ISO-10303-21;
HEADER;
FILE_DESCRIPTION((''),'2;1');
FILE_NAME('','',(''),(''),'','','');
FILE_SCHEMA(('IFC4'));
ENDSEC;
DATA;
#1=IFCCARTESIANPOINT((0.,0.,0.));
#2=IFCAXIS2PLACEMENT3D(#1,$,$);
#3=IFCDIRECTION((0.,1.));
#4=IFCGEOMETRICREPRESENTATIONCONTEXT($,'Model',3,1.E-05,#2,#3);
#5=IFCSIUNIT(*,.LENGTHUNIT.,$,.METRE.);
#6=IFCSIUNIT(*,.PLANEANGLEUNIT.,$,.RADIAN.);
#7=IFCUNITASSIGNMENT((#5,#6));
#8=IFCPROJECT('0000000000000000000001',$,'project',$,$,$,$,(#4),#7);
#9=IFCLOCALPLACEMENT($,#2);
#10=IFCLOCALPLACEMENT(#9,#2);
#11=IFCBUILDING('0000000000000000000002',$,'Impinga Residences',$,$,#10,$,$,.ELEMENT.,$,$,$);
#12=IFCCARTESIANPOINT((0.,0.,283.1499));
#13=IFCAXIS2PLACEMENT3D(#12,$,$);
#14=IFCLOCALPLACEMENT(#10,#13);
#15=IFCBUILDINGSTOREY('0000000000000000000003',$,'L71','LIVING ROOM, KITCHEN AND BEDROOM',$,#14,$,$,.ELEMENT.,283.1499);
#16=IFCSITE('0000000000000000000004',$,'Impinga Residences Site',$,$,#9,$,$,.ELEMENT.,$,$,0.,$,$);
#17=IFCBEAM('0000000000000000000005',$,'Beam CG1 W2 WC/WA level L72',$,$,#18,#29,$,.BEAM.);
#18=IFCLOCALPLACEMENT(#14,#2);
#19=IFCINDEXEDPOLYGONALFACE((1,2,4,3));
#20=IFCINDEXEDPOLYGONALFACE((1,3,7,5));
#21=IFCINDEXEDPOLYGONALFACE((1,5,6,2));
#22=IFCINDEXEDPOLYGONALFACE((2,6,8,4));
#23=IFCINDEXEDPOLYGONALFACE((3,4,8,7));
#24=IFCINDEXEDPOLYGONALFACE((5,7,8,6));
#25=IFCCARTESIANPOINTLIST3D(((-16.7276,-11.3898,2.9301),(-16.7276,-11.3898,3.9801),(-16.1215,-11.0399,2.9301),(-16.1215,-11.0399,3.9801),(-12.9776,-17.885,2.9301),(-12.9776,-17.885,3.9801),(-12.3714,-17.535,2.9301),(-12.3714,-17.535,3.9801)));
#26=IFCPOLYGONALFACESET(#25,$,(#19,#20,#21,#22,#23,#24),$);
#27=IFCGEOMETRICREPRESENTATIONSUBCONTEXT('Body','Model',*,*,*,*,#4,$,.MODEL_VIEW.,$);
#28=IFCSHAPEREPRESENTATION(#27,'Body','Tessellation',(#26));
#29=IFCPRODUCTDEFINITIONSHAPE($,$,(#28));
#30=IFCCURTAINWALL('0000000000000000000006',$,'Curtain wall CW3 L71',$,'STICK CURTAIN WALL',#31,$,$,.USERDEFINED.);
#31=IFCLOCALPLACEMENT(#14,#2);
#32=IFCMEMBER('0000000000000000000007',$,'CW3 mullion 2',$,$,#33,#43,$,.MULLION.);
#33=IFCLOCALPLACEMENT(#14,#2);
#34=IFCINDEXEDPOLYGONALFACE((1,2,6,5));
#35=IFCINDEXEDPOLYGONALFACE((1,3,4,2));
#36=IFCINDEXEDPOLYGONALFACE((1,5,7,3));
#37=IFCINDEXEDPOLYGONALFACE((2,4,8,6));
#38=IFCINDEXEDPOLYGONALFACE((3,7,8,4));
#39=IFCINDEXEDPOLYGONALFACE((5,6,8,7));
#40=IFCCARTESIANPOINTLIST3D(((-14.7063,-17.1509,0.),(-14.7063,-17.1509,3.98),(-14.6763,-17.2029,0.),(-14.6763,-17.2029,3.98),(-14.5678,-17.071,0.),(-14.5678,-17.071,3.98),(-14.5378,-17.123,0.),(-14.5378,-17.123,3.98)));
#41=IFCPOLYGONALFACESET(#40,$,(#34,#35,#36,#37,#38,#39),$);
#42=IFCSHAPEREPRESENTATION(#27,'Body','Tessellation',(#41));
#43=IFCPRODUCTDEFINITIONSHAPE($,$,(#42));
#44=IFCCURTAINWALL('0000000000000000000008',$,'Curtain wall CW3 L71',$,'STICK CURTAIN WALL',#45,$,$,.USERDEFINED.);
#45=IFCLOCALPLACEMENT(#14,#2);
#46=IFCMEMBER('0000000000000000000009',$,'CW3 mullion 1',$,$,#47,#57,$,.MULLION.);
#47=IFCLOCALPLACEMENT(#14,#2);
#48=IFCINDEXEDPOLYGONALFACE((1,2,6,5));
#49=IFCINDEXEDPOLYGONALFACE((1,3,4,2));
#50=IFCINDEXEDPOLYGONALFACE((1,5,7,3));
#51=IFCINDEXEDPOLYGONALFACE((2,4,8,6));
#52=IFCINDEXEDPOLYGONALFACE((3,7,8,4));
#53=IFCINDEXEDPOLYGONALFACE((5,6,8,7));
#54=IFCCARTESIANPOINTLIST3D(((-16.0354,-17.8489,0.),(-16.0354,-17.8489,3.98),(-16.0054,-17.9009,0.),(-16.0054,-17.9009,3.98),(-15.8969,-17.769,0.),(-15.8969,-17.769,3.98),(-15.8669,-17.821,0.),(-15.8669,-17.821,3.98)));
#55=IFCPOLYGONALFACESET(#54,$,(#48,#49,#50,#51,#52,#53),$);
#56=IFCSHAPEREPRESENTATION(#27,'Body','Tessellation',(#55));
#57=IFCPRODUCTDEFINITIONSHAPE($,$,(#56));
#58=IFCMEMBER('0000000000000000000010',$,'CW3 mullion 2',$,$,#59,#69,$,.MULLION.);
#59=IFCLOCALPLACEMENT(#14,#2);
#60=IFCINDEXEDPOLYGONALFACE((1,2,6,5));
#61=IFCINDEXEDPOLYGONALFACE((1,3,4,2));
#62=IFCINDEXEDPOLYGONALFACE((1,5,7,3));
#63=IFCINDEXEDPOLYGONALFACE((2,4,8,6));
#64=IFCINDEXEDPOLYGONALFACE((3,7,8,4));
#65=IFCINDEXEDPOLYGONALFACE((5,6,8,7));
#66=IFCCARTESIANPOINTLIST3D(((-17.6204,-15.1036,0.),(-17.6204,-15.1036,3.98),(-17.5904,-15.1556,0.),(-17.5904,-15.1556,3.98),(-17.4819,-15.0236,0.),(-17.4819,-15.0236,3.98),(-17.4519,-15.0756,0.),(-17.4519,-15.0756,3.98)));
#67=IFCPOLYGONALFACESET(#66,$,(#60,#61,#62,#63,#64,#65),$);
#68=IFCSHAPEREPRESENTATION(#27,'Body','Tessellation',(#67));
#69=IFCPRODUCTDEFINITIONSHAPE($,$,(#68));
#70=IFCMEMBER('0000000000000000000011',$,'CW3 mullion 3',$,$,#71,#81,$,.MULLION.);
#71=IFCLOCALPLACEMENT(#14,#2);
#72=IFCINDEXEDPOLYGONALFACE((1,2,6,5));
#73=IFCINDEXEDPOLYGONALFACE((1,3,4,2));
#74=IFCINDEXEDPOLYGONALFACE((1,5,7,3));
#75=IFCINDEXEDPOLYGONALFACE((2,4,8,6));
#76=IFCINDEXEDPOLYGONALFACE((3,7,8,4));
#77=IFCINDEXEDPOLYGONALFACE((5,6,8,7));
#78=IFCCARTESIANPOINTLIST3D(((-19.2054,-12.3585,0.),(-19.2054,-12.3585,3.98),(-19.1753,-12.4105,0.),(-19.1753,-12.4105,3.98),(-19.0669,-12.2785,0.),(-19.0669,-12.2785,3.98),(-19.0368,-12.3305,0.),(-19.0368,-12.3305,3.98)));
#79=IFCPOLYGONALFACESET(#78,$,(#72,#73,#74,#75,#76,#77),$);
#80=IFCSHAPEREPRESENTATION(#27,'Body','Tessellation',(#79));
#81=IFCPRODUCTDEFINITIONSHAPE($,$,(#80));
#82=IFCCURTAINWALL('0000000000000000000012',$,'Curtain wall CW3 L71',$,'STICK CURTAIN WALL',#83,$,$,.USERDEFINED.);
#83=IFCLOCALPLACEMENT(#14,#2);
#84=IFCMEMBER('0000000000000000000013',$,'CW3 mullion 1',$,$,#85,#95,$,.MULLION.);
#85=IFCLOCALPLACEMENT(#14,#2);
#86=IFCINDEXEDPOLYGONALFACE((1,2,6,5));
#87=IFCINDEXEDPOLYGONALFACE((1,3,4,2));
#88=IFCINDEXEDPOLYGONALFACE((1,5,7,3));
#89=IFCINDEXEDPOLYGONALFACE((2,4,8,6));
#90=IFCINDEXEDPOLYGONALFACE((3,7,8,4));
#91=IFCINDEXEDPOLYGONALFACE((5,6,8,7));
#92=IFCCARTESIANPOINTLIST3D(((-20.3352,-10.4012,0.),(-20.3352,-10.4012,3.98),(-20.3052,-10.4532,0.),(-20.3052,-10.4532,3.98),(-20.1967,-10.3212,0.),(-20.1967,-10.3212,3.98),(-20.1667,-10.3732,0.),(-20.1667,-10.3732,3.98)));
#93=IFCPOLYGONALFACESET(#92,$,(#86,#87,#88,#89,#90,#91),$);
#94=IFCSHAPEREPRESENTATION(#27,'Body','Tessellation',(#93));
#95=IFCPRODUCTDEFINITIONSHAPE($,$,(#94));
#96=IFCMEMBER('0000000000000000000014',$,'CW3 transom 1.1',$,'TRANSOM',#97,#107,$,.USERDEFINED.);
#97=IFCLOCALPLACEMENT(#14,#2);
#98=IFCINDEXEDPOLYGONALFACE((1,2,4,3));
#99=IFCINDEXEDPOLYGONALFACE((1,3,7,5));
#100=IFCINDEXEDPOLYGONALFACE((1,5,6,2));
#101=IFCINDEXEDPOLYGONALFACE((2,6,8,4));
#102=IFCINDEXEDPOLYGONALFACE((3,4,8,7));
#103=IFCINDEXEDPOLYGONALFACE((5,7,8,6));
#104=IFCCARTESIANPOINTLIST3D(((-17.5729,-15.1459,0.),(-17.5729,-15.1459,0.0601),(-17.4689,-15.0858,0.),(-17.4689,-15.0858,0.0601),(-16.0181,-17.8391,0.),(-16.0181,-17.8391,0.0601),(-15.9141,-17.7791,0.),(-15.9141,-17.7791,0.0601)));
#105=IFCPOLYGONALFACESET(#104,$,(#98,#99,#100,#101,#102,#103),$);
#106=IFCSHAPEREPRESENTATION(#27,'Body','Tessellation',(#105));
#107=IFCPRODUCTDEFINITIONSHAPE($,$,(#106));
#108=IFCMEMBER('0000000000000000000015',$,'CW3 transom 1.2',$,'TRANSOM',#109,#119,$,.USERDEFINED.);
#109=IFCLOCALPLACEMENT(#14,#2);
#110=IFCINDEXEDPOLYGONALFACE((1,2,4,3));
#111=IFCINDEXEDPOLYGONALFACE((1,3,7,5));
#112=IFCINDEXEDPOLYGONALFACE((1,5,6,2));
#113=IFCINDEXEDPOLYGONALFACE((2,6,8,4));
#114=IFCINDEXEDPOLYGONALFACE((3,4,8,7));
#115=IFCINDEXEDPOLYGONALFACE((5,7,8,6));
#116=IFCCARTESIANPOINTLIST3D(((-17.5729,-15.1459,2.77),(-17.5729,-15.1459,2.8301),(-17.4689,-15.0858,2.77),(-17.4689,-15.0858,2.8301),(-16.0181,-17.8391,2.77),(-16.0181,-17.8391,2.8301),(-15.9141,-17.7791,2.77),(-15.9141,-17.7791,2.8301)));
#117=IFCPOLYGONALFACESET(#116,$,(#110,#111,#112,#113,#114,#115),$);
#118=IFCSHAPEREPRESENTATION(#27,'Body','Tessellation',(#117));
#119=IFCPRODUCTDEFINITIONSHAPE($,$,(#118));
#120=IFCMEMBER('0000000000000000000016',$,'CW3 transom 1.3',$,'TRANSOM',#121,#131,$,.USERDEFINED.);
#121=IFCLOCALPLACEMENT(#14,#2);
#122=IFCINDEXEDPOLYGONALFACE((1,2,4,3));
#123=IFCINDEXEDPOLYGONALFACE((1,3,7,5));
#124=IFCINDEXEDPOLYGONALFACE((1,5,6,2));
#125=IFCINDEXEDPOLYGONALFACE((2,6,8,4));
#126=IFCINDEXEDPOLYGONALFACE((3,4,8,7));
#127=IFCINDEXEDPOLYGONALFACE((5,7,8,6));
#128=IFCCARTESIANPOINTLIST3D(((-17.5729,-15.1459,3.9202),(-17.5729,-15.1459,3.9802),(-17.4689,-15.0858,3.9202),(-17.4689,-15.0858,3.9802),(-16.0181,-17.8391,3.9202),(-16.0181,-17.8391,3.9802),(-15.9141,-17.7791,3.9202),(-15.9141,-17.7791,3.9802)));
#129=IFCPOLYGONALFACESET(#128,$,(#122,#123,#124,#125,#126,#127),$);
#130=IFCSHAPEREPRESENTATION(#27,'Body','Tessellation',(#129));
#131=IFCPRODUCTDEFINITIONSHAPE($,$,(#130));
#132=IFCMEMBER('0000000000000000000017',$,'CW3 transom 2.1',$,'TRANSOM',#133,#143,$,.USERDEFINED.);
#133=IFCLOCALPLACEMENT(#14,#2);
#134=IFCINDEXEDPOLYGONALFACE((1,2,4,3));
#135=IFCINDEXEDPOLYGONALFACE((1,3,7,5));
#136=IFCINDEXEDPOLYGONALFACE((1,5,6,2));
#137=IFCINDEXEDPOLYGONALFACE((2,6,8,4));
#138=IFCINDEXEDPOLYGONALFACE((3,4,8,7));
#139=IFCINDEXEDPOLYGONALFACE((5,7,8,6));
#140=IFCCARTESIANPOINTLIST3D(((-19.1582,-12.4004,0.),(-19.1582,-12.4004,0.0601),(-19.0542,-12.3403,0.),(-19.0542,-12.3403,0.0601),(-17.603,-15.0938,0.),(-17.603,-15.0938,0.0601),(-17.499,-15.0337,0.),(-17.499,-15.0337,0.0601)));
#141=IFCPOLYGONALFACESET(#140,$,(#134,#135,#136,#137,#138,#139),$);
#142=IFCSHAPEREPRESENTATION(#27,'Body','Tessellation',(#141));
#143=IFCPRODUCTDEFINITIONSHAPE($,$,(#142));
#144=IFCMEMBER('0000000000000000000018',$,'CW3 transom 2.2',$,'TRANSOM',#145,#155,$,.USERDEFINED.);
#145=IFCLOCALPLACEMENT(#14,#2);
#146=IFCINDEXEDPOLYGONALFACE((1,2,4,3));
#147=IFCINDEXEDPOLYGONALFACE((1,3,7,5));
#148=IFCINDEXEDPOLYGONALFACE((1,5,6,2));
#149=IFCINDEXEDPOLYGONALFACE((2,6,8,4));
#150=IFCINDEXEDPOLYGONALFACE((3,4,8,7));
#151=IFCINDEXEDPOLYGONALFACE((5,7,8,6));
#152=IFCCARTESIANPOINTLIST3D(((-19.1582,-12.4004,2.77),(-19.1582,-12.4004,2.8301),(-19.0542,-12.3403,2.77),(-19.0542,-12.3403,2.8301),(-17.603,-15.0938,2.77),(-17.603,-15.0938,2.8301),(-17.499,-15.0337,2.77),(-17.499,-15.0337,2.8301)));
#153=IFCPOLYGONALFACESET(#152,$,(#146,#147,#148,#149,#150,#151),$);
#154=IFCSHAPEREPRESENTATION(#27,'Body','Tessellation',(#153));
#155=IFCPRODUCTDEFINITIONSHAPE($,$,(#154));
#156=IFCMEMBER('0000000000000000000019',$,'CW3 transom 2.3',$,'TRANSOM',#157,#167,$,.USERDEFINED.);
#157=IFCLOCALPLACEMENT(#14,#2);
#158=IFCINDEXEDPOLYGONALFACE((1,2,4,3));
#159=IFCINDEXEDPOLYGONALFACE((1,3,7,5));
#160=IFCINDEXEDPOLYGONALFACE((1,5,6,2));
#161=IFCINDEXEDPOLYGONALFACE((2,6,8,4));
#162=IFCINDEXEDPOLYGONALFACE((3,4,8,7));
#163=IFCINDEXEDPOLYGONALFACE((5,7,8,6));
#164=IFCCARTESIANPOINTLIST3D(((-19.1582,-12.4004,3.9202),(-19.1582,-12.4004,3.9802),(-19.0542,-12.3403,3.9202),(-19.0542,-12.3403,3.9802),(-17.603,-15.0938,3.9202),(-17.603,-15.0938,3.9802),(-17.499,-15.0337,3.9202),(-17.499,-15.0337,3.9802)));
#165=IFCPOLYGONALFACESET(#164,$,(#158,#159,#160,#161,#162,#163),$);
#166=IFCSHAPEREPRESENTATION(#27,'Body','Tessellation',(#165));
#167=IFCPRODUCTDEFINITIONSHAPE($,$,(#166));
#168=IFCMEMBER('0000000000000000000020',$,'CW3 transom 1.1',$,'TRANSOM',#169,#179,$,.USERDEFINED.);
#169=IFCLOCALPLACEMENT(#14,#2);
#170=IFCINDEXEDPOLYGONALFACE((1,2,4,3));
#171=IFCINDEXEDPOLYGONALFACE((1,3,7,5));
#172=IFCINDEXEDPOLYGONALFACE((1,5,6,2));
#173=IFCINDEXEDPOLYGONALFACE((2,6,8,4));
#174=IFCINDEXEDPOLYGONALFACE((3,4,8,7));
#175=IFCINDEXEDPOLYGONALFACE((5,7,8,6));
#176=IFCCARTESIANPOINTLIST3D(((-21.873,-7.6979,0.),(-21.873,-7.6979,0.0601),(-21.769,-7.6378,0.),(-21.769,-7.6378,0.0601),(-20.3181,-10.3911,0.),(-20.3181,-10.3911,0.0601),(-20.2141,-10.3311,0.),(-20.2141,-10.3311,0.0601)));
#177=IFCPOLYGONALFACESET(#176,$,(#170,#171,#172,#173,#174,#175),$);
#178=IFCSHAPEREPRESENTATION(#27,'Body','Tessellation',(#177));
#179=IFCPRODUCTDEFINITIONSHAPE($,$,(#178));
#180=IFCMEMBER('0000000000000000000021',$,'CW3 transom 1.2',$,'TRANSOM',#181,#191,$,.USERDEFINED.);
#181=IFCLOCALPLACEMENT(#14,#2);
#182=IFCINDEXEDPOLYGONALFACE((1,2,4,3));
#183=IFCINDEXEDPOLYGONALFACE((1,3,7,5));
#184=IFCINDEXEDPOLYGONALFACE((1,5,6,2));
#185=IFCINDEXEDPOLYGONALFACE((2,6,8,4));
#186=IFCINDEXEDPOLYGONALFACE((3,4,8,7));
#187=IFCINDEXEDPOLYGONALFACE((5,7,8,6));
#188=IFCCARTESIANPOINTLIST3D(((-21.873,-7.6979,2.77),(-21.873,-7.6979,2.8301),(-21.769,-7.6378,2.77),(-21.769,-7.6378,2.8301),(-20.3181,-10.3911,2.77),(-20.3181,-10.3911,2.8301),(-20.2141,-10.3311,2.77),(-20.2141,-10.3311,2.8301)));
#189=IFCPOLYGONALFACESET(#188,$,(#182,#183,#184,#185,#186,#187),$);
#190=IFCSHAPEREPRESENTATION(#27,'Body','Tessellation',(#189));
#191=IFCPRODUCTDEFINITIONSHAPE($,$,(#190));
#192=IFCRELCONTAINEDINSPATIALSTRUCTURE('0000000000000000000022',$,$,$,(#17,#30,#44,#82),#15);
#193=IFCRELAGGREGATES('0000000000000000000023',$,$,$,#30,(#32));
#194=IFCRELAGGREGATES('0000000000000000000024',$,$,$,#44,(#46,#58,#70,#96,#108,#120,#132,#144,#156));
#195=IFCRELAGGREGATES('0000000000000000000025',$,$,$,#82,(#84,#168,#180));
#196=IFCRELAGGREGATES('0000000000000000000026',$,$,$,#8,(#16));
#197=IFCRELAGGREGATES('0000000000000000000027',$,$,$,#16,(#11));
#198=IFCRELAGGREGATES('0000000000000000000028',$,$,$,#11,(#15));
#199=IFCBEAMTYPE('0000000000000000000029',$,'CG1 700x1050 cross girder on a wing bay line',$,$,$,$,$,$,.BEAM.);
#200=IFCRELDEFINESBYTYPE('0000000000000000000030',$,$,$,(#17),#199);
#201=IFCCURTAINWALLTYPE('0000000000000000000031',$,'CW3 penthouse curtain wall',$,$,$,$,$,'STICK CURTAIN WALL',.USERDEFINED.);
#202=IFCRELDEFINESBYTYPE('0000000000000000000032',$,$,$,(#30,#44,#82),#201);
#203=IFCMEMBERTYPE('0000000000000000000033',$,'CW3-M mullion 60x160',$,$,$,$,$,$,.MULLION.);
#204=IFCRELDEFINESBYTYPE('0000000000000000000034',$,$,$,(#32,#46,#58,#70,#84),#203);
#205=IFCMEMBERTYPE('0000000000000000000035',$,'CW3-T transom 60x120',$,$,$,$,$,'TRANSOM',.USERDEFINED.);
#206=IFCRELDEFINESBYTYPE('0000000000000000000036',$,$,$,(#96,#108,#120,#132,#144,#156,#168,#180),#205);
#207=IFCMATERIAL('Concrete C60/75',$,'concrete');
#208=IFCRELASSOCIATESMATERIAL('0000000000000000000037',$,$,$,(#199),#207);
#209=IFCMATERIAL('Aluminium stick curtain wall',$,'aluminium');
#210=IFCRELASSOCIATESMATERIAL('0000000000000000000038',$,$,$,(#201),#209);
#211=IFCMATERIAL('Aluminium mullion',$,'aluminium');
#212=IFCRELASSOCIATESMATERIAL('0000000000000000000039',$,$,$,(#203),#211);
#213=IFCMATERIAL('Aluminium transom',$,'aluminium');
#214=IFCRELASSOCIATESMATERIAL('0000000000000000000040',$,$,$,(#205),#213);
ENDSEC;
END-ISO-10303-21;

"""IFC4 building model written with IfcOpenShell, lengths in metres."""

from ifc_helpers import new_model, si_unit, direction, frame, origin, origin_2d, place, context, subcontext, project, spatial, rectangle, extrude, material, material_profile, profile_set, type_object, element, aggregate, save


model = new_model("IFC4")

# Units and contexts
model_context = context("Model", 3, precision=1e-05, world=origin(), true_north=direction((0.0, 1.0)))
body_context = subcontext(model_context, "Body", "Model", "MODEL_VIEW")
ifc_project = project(units=[si_unit("LENGTHUNIT", "METRE"), si_unit("PLANEANGLEUNIT", "RADIAN")], contexts=[model_context])

# Site, building, storey
site_placement = place(None, origin())
site = spatial("IfcSite", under=ifc_project, at=site_placement, Name="Impinga Residences Site", CompositionType="ELEMENT", RefElevation=0.0)
building_placement = place(site_placement, origin())
building = spatial("IfcBuilding", under=site, at=building_placement, Name="Impinga Residences", CompositionType="ELEMENT")
storey_placement = place(building_placement, frame((0.0, 0.0, 283.1499)))
storey = spatial("IfcBuildingStorey", under=building, at=storey_placement, Name="L71", Description="LIVING ROOM, KITCHEN AND BEDROOM", CompositionType="ELEMENT", Elevation=283.1499)

# Beam
ifc_material_1 = material(Name="Concrete C60/75", Category="concrete")
ifc_material_profile_1 = material_profile(ifc_material_1, rectangle(XDim=0.7, YDim=1.05, at=origin_2d()), Name="RC 700x1050")
ifc_profile_set_1 = profile_set([ifc_material_profile_1], Name="Concrete C60/75")
beam_type_1 = type_object("IfcBeamType", Name="CG1 700x1050 cross girder on a wing bay line", PredefinedType="BEAM", material=ifc_profile_set_1)
beam_1_placement = place(storey_placement, frame((-16.4246, -11.2148, 3.4551), z_axis=(0.500004, -0.866023, 0.0), x_axis=(0.866023, 0.500004, 0.0)))
element("IfcBeam", 1, at=beam_1_placement, inside=storey, type_object=beam_type_1, Name="Beam CG1 W2 WC/WA level L72", PredefinedType="BEAM", context=body_context, shape_type="SweptSolid", body=[
    extrude(rectangle(XDim=0.7, YDim=1.05, at=origin_2d()), origin(), (0.0, 0.0, 1.0), 7.5),
])

# Curtain wall, member
ifc_material_2 = material(Name="Aluminium stick curtain wall", Category="aluminium")
curtain_wall_type = type_object("IfcCurtainWallType", Name="CW3 penthouse curtain wall", ElementType="STICK CURTAIN WALL", PredefinedType="USERDEFINED", material=ifc_material_2)
curtain_wall_1_placement = place(storey_placement, origin())
curtain_wall_1 = element("IfcCurtainWall", 2, at=curtain_wall_1_placement, inside=storey, type_object=curtain_wall_type, Name="Curtain wall CW3 L71", ObjectType="STICK CURTAIN WALL", PredefinedType="USERDEFINED")
ifc_material_3 = material(Name="Aluminium mullion", Category="aluminium")
ifc_material_profile_2 = material_profile(ifc_material_3, rectangle(XDim=0.0601, YDim=0.1599, at=origin_2d()), Name="60x160 mullion")
ifc_profile_set_2 = profile_set([ifc_material_profile_2], Name="Aluminium mullion")
member_type_1 = type_object("IfcMemberType", Name="CW3-M mullion 60x160", PredefinedType="MULLION", material=ifc_profile_set_2)
member_1_placement = place(storey_placement, frame((-14.6221, -17.137, 0.0), z_axis=(0.0, 0.0, 1.0), x_axis=(-0.5, 0.866025, 0.0)))
member_1 = element("IfcMember", 3, at=member_1_placement, type_object=member_type_1, Name="CW3 mullion 2", PredefinedType="MULLION", context=body_context, shape_type="SweptSolid", body=[
    extrude(rectangle(XDim=0.0601, YDim=0.1599, at=origin_2d()), origin(), (0.0, 0.0, 1.0), 3.98),
])

# Curtain wall, members
curtain_wall_2_placement = place(storey_placement, origin())
curtain_wall_2 = element("IfcCurtainWall", 4, at=curtain_wall_2_placement, inside=storey, type_object=curtain_wall_type, Name="Curtain wall CW3 L71", ObjectType="STICK CURTAIN WALL", PredefinedType="USERDEFINED")
member_2_placement = place(storey_placement, frame((-15.9512, -17.835, 0.0), z_axis=(0.0, 0.0, 1.0), x_axis=(-0.5, 0.866025, 0.0)))
member_2 = element("IfcMember", 5, at=member_2_placement, type_object=member_type_1, Name="CW3 mullion 1", PredefinedType="MULLION", context=body_context, shape_type="SweptSolid", body=[
    extrude(rectangle(XDim=0.0601, YDim=0.1599, at=origin_2d()), origin(), (0.0, 0.0, 1.0), 3.98),
])
member_3_placement = place(storey_placement, frame((-17.5361, -15.0896, 0.0), z_axis=(0.0, 0.0, 1.0), x_axis=(-0.5, 0.866025, 0.0)))
member_3 = element("IfcMember", 6, at=member_3_placement, type_object=member_type_1, Name="CW3 mullion 2", PredefinedType="MULLION", context=body_context, shape_type="SweptSolid", body=[
    extrude(rectangle(XDim=0.0601, YDim=0.1599, at=origin_2d()), origin(), (0.0, 0.0, 1.0), 3.98),
])
member_4_placement = place(storey_placement, frame((-19.1211, -12.3445, 0.0), z_axis=(0.0, 0.0, 1.0), x_axis=(-0.5, 0.866025, 0.0)))
member_4 = element("IfcMember", 7, at=member_4_placement, type_object=member_type_1, Name="CW3 mullion 3", PredefinedType="MULLION", context=body_context, shape_type="SweptSolid", body=[
    extrude(rectangle(XDim=0.0601, YDim=0.1599, at=origin_2d()), origin(), (0.0, 0.0, 1.0), 3.98),
])

# Curtain wall, member
curtain_wall_3_placement = place(storey_placement, origin())
curtain_wall_3 = element("IfcCurtainWall", 8, at=curtain_wall_3_placement, inside=storey, type_object=curtain_wall_type, Name="Curtain wall CW3 L71", ObjectType="STICK CURTAIN WALL", PredefinedType="USERDEFINED")
member_5_placement = place(storey_placement, frame((-20.251, -10.3872, 0.0), z_axis=(0.0, 0.0, 1.0), x_axis=(-0.5, 0.866025, 0.0)))
member_5 = element("IfcMember", 9, at=member_5_placement, type_object=member_type_1, Name="CW3 mullion 1", PredefinedType="MULLION", context=body_context, shape_type="SweptSolid", body=[
    extrude(rectangle(XDim=0.0601, YDim=0.1599, at=origin_2d()), origin(), (0.0, 0.0, 1.0), 3.98),
])

# Members
ifc_material_4 = material(Name="Aluminium transom", Category="aluminium")
ifc_material_profile_3 = material_profile(ifc_material_4, rectangle(XDim=0.0601, YDim=0.1201, at=origin_2d()), Name="60x120 transom")
ifc_profile_set_3 = profile_set([ifc_material_profile_3], Name="Aluminium transom")
member_type_2 = type_object("IfcMemberType", Name="CW3-T transom 60x120", ElementType="TRANSOM", PredefinedType="USERDEFINED", material=ifc_profile_set_3)
member_6_placement = place(storey_placement, frame((-15.9661, -17.8091, 0.03), z_axis=(-0.499981, 0.866037, 0.0), x_axis=(0.0, 0.0, 1.0)))
member_6 = element("IfcMember", 10, at=member_6_placement, type_object=member_type_2, Name="CW3 transom 1.1", ObjectType="TRANSOM", PredefinedType="USERDEFINED", context=body_context, shape_type="SweptSolid", body=[
    extrude(rectangle(XDim=0.0601, YDim=0.1201, at=origin_2d()), origin(), (0.0, 0.0, 1.0), 3.1099),
])
member_7_placement = place(storey_placement, frame((-15.9661, -17.8091, 2.8), z_axis=(-0.499981, 0.866037, 0.0), x_axis=(0.0, 0.0, 1.0)))
member_7 = element("IfcMember", 11, at=member_7_placement, type_object=member_type_2, Name="CW3 transom 1.2", ObjectType="TRANSOM", PredefinedType="USERDEFINED", context=body_context, shape_type="SweptSolid", body=[
    extrude(rectangle(XDim=0.0601, YDim=0.1201, at=origin_2d()), origin(), (0.0, 0.0, 1.0), 3.1099),
])
member_8_placement = place(storey_placement, frame((-15.9661, -17.8091, 3.9502), z_axis=(-0.499981, 0.866037, 0.0), x_axis=(0.0, 0.0, 1.0)))
member_8 = element("IfcMember", 12, at=member_8_placement, type_object=member_type_2, Name="CW3 transom 1.3", ObjectType="TRANSOM", PredefinedType="USERDEFINED", context=body_context, shape_type="SweptSolid", body=[
    extrude(rectangle(XDim=0.0601, YDim=0.1201, at=origin_2d()), origin(), (0.0, 0.0, 1.0), 3.1099),
])
member_9_placement = place(storey_placement, frame((-17.551, -15.0637, 0.03), z_axis=(-0.50004, 0.866003, 0.0), x_axis=(0.0, 0.0, 1.0)))
member_9 = element("IfcMember", 13, at=member_9_placement, type_object=member_type_2, Name="CW3 transom 2.1", ObjectType="TRANSOM", PredefinedType="USERDEFINED", context=body_context, shape_type="SweptSolid", body=[
    extrude(rectangle(XDim=0.0601, YDim=0.1201, at=origin_2d()), origin(), (0.0, 0.0, 1.0), 3.1101),
])
member_10_placement = place(storey_placement, frame((-17.551, -15.0637, 2.8), z_axis=(-0.50004, 0.866003, 0.0), x_axis=(0.0, 0.0, 1.0)))
member_10 = element("IfcMember", 14, at=member_10_placement, type_object=member_type_2, Name="CW3 transom 2.2", ObjectType="TRANSOM", PredefinedType="USERDEFINED", context=body_context, shape_type="SweptSolid", body=[
    extrude(rectangle(XDim=0.0601, YDim=0.1201, at=origin_2d()), origin(), (0.0, 0.0, 1.0), 3.1101),
])
member_11_placement = place(storey_placement, frame((-17.551, -15.0637, 3.9502), z_axis=(-0.50004, 0.866003, 0.0), x_axis=(0.0, 0.0, 1.0)))
member_11 = element("IfcMember", 15, at=member_11_placement, type_object=member_type_2, Name="CW3 transom 2.3", ObjectType="TRANSOM", PredefinedType="USERDEFINED", context=body_context, shape_type="SweptSolid", body=[
    extrude(rectangle(XDim=0.0601, YDim=0.1201, at=origin_2d()), origin(), (0.0, 0.0, 1.0), 3.1101),
])
member_12_placement = place(storey_placement, frame((-20.2661, -10.3611, 0.03), z_axis=(-0.499981, 0.866037, 0.0), x_axis=(0.0, 0.0, 1.0)))
member_12 = element("IfcMember", 16, at=member_12_placement, type_object=member_type_2, Name="CW3 transom 1.1", ObjectType="TRANSOM", PredefinedType="USERDEFINED", context=body_context, shape_type="SweptSolid", body=[
    extrude(rectangle(XDim=0.0601, YDim=0.1201, at=origin_2d()), origin(), (0.0, 0.0, 1.0), 3.1099),
])
member_13_placement = place(storey_placement, frame((-20.2661, -10.3611, 2.8), z_axis=(-0.499981, 0.866037, 0.0), x_axis=(0.0, 0.0, 1.0)))
member_13 = element("IfcMember", 17, at=member_13_placement, type_object=member_type_2, Name="CW3 transom 1.2", ObjectType="TRANSOM", PredefinedType="USERDEFINED", context=body_context, shape_type="SweptSolid", body=[
    extrude(rectangle(XDim=0.0601, YDim=0.1201, at=origin_2d()), origin(), (0.0, 0.0, 1.0), 3.1099),
])

aggregate(curtain_wall_1, [member_1])
aggregate(curtain_wall_2, [member_2, member_3, member_4, member_6, member_7, member_8, member_9, member_10, member_11])
aggregate(curtain_wall_3, [member_5, member_12, member_13])

save(model, "model.ifc")
